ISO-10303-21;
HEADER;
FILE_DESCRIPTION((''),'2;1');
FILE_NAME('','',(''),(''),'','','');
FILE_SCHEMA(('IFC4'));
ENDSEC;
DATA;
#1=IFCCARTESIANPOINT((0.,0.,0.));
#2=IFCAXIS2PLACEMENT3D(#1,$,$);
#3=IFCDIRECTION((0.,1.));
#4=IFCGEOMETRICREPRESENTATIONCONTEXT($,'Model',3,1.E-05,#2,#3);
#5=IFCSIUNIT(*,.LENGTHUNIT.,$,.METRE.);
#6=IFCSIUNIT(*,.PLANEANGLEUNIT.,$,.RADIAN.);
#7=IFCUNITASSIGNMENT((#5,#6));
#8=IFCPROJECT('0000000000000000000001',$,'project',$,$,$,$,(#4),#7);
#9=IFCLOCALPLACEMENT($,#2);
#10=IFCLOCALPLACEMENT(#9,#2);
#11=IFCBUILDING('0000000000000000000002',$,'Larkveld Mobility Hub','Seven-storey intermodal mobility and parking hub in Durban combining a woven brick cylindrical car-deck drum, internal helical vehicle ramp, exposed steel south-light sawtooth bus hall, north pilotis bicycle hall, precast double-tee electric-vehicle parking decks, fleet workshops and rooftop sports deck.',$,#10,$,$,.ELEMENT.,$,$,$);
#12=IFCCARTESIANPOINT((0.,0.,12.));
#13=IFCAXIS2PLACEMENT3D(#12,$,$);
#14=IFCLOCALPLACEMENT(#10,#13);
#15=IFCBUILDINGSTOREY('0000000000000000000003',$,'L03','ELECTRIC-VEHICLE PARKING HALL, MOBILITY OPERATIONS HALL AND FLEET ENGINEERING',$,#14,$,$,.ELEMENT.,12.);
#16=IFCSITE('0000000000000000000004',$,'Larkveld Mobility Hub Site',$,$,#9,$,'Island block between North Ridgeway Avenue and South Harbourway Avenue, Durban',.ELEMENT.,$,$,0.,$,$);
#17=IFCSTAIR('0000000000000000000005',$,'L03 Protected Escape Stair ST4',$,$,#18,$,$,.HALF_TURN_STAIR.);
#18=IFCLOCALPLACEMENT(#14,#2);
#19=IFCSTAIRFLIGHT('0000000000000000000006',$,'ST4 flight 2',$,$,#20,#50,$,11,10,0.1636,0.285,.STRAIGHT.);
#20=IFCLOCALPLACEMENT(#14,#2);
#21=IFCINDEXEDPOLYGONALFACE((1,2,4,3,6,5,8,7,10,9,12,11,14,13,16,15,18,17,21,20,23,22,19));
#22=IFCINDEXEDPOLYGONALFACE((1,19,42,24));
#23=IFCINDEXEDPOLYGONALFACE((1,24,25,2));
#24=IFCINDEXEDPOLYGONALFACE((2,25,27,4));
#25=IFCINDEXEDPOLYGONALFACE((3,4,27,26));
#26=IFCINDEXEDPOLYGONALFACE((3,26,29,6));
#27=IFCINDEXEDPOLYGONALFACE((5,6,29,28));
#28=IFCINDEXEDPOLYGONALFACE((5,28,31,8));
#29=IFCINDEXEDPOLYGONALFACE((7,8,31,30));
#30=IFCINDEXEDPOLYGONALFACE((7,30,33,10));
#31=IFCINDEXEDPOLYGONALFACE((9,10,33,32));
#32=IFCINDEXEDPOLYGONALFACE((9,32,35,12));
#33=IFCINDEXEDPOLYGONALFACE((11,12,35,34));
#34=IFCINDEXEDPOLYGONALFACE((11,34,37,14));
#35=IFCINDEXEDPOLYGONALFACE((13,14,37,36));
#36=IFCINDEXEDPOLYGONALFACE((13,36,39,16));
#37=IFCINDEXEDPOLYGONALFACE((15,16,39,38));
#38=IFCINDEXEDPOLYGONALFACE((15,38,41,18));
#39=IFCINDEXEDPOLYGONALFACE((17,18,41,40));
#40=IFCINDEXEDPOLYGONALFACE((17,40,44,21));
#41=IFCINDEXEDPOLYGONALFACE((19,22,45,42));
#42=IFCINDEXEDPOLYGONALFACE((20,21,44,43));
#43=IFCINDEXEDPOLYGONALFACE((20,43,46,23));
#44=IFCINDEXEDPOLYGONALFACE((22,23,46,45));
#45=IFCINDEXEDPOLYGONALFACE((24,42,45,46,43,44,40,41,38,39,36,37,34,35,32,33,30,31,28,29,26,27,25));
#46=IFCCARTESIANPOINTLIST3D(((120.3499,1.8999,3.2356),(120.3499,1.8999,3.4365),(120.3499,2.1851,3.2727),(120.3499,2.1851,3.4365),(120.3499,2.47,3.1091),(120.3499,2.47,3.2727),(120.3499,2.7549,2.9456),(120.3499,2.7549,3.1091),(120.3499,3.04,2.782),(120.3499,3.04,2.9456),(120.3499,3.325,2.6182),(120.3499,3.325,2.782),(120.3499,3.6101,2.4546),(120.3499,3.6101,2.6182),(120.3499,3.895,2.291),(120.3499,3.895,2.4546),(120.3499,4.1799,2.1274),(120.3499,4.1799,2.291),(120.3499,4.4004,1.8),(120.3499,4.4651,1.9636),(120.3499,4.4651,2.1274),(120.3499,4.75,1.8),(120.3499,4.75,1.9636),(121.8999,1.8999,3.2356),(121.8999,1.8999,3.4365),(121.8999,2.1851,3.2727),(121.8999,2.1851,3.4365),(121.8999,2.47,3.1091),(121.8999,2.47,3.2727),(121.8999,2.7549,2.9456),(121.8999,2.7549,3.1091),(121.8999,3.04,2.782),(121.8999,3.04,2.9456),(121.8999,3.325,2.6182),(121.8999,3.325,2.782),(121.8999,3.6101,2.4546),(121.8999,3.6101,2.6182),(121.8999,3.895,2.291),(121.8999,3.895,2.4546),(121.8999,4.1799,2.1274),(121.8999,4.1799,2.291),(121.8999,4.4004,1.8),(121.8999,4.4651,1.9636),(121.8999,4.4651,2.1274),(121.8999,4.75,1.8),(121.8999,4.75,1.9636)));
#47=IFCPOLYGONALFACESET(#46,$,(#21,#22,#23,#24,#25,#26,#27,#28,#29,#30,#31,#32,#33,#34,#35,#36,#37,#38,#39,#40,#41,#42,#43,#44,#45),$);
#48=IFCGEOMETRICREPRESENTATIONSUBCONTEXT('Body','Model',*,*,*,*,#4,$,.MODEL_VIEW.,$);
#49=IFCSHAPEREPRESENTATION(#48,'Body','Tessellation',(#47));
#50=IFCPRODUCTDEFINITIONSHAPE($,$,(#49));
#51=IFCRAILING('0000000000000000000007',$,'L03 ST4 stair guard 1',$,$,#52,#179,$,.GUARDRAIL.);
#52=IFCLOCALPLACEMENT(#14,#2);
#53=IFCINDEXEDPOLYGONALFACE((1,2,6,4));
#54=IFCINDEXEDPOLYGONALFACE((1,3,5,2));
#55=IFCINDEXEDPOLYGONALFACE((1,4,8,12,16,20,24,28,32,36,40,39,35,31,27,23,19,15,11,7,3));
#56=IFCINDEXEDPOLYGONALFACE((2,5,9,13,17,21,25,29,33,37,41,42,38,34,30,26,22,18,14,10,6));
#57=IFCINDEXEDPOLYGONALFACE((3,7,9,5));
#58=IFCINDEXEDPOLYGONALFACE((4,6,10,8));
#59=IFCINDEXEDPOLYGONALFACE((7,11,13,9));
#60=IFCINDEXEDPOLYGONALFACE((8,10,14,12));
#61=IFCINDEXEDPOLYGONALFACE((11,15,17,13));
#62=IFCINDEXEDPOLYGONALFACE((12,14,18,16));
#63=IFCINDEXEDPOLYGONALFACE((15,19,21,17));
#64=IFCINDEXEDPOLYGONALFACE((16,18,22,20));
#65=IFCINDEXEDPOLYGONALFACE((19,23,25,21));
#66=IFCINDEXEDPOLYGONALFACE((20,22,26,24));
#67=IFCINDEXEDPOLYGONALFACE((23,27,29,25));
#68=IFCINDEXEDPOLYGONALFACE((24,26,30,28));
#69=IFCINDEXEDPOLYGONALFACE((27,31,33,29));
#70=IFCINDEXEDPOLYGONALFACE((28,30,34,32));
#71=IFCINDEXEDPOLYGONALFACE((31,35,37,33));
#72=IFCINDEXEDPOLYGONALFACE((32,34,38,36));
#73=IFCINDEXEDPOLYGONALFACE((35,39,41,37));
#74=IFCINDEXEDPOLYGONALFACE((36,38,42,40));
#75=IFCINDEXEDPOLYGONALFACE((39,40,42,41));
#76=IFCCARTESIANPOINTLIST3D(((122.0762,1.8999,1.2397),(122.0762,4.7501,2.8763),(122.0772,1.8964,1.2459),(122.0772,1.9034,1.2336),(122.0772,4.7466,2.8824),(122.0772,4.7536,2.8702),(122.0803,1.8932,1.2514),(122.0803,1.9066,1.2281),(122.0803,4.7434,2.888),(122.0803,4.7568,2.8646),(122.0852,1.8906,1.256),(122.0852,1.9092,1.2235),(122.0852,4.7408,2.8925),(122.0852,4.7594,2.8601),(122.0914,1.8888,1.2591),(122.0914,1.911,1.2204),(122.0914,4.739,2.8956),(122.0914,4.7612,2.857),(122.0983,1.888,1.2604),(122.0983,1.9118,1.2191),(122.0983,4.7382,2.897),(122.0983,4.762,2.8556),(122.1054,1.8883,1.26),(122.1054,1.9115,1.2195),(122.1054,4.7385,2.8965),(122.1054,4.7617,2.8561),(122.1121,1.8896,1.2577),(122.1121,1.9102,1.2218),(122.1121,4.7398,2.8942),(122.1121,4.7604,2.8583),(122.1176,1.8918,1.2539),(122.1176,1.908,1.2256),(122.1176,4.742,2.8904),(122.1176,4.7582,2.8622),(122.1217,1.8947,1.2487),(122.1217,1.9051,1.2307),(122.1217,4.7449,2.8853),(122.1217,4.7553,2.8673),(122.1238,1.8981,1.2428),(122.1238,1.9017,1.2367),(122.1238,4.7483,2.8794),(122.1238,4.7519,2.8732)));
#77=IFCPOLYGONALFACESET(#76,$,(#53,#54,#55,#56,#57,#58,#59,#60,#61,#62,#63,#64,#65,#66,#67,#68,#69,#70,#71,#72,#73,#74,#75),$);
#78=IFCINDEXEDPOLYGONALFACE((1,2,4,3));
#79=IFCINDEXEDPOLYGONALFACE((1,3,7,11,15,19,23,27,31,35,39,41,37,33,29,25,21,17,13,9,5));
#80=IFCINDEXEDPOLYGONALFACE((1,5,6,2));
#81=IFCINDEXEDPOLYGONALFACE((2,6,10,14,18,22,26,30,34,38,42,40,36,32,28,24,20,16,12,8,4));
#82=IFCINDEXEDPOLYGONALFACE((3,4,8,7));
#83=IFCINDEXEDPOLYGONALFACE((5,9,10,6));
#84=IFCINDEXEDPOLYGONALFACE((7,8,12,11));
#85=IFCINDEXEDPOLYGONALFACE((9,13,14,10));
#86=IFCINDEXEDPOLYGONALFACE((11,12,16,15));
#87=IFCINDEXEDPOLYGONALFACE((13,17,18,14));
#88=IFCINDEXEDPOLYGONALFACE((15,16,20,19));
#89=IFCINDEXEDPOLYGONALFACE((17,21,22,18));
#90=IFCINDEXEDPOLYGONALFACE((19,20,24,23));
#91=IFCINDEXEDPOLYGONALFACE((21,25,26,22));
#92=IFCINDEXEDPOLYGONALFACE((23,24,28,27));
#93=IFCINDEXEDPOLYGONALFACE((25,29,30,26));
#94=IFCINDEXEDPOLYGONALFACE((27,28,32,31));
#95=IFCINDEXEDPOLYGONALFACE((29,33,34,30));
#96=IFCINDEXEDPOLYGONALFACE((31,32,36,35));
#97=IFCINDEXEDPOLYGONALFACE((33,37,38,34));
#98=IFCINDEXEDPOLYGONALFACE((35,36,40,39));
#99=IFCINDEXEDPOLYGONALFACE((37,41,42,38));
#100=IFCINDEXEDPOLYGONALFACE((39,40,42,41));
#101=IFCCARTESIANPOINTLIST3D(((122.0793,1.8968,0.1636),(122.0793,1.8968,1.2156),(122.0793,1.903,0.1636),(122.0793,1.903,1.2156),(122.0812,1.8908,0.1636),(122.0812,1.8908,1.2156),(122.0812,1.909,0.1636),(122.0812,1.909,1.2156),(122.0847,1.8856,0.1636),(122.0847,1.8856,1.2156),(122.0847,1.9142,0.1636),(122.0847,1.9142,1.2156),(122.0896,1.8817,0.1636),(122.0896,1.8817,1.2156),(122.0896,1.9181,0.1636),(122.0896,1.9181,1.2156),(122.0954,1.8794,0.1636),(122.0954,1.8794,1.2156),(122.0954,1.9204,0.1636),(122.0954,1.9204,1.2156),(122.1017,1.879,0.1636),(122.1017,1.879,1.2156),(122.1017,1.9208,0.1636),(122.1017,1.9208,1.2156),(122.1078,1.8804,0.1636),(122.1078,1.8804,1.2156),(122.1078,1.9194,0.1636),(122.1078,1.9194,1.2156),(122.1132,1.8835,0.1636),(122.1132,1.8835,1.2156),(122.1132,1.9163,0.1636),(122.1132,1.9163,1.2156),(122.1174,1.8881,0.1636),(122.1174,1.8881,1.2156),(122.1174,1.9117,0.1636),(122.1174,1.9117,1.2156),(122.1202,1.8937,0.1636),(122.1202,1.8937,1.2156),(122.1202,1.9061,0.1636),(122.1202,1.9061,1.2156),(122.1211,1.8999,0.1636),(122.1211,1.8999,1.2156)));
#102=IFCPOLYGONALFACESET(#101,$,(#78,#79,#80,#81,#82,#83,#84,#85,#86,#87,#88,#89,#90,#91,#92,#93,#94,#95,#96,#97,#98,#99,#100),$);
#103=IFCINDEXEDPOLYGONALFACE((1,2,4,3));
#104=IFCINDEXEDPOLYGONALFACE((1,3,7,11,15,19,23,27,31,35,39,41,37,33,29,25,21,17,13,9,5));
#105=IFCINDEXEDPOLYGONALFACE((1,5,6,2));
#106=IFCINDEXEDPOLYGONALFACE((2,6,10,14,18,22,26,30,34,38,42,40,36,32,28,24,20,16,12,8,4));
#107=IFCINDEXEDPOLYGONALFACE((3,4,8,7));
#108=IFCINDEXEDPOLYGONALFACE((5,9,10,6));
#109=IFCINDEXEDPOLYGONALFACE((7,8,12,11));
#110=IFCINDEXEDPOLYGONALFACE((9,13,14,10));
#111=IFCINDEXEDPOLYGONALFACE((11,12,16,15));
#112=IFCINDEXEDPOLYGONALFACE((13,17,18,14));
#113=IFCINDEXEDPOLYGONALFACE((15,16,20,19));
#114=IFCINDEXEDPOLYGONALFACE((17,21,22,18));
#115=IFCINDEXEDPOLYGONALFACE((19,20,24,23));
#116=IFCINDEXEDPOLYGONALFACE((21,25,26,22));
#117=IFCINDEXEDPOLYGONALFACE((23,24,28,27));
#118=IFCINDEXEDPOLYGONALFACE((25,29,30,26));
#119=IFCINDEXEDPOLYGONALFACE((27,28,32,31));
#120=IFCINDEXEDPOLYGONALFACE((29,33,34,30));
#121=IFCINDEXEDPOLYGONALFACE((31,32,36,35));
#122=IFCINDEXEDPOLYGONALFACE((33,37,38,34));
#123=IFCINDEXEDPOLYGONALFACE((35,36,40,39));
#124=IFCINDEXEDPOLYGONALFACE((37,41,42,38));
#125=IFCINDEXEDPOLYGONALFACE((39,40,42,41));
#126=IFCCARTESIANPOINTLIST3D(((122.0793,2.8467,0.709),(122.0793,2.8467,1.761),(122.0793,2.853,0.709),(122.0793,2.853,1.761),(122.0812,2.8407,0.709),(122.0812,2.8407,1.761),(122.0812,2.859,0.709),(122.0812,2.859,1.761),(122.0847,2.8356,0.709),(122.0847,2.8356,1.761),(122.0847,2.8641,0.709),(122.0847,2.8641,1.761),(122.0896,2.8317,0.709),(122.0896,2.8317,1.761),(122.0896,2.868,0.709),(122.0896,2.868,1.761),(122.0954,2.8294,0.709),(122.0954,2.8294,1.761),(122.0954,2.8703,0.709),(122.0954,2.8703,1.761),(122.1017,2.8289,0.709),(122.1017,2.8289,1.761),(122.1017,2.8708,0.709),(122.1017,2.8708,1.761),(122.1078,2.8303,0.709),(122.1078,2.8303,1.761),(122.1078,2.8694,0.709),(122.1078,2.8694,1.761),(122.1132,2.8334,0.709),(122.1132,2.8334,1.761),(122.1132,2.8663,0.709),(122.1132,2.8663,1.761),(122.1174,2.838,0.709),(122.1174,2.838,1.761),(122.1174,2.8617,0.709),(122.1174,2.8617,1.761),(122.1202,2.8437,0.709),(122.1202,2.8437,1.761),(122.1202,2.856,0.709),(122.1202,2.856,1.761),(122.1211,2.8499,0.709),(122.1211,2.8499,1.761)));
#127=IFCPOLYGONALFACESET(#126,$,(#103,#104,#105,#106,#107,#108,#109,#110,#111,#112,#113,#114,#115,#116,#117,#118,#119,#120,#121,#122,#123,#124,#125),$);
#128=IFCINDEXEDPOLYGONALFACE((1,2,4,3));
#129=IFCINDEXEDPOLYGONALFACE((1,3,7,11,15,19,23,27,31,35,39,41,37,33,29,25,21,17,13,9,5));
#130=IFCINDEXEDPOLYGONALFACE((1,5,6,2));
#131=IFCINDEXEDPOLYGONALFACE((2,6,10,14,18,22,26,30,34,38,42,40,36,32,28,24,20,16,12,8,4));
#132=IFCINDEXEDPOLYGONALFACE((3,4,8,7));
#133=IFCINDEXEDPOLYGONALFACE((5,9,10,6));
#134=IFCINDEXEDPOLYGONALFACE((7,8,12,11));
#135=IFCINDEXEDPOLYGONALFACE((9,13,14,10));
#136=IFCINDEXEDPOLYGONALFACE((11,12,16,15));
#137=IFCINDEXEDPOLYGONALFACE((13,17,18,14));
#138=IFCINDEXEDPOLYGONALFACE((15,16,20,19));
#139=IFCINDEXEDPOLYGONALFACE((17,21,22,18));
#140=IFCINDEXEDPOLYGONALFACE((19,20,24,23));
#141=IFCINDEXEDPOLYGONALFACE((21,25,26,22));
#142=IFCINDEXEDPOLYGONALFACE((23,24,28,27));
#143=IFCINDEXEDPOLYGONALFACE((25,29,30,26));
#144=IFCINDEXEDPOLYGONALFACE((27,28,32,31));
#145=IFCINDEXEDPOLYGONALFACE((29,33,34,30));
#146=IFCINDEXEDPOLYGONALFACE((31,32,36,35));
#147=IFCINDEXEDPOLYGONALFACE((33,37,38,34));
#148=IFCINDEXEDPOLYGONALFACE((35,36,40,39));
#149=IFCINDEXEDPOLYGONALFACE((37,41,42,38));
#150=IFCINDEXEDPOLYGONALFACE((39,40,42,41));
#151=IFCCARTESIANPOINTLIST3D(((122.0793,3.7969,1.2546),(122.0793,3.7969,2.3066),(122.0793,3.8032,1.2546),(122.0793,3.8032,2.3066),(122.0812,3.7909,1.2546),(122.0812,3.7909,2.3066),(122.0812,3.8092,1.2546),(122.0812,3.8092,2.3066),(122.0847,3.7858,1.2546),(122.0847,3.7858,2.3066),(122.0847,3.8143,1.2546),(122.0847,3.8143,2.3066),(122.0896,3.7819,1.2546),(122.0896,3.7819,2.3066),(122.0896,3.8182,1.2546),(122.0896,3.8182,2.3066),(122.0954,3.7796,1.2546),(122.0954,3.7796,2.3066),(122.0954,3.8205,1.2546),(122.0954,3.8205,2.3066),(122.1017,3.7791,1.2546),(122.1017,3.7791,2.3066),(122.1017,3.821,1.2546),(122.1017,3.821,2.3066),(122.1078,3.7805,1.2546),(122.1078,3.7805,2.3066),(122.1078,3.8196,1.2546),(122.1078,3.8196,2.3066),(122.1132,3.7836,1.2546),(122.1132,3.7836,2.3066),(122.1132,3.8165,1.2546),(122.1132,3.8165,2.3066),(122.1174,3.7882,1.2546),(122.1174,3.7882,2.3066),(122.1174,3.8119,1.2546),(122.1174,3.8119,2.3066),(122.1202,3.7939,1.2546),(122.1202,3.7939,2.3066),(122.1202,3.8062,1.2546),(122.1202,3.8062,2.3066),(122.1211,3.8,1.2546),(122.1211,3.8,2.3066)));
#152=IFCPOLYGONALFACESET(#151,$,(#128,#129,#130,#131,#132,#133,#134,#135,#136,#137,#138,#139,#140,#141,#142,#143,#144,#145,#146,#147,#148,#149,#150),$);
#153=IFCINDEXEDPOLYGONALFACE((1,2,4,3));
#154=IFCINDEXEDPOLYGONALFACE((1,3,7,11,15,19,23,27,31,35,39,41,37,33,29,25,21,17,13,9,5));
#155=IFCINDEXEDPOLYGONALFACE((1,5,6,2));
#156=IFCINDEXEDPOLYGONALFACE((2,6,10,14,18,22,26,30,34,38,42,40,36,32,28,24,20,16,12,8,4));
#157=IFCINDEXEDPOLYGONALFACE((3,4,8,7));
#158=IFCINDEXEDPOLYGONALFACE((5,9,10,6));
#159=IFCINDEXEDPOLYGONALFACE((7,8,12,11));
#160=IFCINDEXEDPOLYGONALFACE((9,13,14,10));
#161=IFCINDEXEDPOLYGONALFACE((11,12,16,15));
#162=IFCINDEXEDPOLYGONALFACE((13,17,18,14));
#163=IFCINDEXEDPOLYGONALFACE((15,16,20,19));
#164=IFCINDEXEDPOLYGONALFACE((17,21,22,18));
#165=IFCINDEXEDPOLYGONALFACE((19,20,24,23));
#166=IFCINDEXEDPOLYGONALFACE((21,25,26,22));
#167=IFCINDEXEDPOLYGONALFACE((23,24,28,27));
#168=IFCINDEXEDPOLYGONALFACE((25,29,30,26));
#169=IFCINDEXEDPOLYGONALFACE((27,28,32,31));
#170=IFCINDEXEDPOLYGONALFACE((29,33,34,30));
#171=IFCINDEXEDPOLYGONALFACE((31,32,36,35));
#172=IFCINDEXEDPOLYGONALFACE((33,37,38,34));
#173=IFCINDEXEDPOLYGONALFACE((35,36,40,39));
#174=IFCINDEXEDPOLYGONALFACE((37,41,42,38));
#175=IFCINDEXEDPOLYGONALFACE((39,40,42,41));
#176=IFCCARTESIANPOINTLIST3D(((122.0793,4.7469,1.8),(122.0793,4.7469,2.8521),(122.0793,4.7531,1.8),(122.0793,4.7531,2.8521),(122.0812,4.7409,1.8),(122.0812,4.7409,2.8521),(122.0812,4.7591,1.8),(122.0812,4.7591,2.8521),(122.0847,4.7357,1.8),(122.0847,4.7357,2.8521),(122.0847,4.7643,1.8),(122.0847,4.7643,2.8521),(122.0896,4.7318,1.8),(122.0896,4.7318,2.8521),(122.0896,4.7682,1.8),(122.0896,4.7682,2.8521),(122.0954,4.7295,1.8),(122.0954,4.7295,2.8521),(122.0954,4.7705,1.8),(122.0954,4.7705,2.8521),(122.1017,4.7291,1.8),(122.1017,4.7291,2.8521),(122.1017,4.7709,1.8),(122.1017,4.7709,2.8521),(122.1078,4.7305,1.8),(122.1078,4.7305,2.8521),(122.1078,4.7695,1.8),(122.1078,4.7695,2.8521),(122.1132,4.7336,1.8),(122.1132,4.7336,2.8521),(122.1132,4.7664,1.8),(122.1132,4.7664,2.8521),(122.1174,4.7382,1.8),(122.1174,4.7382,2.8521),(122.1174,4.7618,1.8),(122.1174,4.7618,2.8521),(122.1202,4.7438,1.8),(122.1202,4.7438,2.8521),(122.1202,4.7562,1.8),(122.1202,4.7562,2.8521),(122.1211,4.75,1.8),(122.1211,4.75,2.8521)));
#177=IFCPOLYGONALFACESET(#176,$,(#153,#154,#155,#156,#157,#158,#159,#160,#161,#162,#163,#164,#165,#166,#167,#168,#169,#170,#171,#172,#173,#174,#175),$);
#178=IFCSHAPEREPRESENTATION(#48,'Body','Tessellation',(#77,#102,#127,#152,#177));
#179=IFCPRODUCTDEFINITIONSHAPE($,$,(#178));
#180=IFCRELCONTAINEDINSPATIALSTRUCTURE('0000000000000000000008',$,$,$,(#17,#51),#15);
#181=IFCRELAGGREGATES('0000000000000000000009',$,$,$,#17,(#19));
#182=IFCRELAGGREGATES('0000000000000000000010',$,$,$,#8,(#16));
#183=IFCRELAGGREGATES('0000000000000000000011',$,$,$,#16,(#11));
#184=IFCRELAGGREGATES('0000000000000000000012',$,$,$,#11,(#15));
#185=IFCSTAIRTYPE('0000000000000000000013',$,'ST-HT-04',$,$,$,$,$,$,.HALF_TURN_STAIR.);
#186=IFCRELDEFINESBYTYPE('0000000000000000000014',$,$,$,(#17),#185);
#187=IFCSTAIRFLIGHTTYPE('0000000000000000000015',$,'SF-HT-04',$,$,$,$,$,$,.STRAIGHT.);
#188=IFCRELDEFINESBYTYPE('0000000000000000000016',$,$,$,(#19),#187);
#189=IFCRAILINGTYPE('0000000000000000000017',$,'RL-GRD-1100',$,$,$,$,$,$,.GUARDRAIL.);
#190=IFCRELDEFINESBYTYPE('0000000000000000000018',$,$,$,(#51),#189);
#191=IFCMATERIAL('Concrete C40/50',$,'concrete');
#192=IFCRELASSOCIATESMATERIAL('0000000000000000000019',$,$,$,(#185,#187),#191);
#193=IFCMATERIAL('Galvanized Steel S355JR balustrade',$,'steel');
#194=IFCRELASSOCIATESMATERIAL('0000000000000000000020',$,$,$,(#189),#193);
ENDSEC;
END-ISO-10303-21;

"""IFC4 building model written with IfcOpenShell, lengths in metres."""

from ifc_helpers import new_model, si_unit, direction, frame, origin, origin_2d, place, context, subcontext, project, spatial, polyline, circle, outline, extrude, material, type_object, element, aggregate, save


model = new_model("IFC4")

# Units and contexts
model_context = context("Model", 3, precision=1e-05, world=origin(), true_north=direction((0.0, 1.0)))
body_context = subcontext(model_context, "Body", "Model", "MODEL_VIEW")
ifc_project = project(units=[si_unit("LENGTHUNIT", "METRE"), si_unit("PLANEANGLEUNIT", "RADIAN")], contexts=[model_context])

# Site, building, storey
site_placement = place(None, origin())
site = spatial("IfcSite", under=ifc_project, at=site_placement, Name="Larkveld Mobility Hub Site", LongName="Island block between North Ridgeway Avenue and South Harbourway Avenue, Durban", CompositionType="ELEMENT", RefElevation=0.0)
building_placement = place(site_placement, origin())
building = spatial("IfcBuilding", under=site, at=building_placement, Name="Larkveld Mobility Hub", Description="Seven-storey intermodal mobility and parking hub in Durban combining a woven brick cylindrical car-deck drum, internal helical vehicle ramp, exposed steel south-light sawtooth bus hall, north pilotis bicycle hall, precast double-tee electric-vehicle parking decks, fleet workshops and rooftop sports deck.", CompositionType="ELEMENT")
storey_placement = place(building_placement, frame((0.0, 0.0, 12.0)))
storey = spatial("IfcBuildingStorey", under=building, at=storey_placement, Name="L03", Description="ELECTRIC-VEHICLE PARKING HALL, MOBILITY OPERATIONS HALL AND FLEET ENGINEERING", CompositionType="ELEMENT", Elevation=12.0)

# Shared definitions
ifc_material_1 = material(Name="Concrete C40/50", Category="concrete")

# Stair, stair flight
stair_type = type_object("IfcStairType", Name="ST-HT-04", PredefinedType="HALF_TURN_STAIR", material=ifc_material_1)
stair_placement = place(storey_placement, origin())
stair = element("IfcStair", 1, at=stair_placement, inside=storey, type_object=stair_type, Name="L03 Protected Escape Stair ST4", PredefinedType="HALF_TURN_STAIR")
stair_flight_type = type_object("IfcStairFlightType", Name="SF-HT-04", PredefinedType="STRAIGHT", material=ifc_material_1)
stair_flight_1_placement = place(storey_placement, frame((121.125, 4.75, 1.8), z_axis=(0.0, 0.0, 1.0), x_axis=(0.0, -1.0, 0.0)))
stair_flight_1 = element("IfcStairFlight", 2, at=stair_flight_1_placement, type_object=stair_flight_type, Name="ST4 flight 2", NumberOfRisers=11, NumberOfTreads=10, PredefinedType="STRAIGHT", RiserHeight=0.1636, TreadLength=0.285, context=body_context, shape_type="SweptSolid", body=[
    extrude(outline(polyline([(0.0, 0.0), (0.0, 0.1636), (0.2849, 0.1636), (0.2849, 0.3274), (0.5701, 0.3274), (0.5701, 0.491), (0.855, 0.491), (0.855, 0.6545), (1.1399, 0.6545), (1.1399, 0.8181), (1.425, 0.8181), (1.425, 0.9819), (1.71, 0.9819), (1.71, 1.1455), (1.9951, 1.1455), (1.9951, 1.3091), (2.28, 1.3091), (2.28, 1.4727), (2.5649, 1.4727), (2.5649, 1.6365), (2.8501, 1.6365), (2.8501, 1.8), (2.8501, 1.4355), (0.3496, 0.0), (0.0, 0.0)])), frame((0.0, 0.7749, 0.0), z_axis=(0.0, -1.0, 0.0), x_axis=(1.0, 0.0, 0.0)), (0.0, 0.0, 1.0), 1.55),
])
aggregate(stair, [stair_flight_1])

# Railing
ifc_material_2 = material(Name="Galvanized Steel S355JR balustrade", Category="steel")
railing_type_1 = type_object("IfcRailingType", Name="RL-GRD-1100", PredefinedType="GUARDRAIL", material=ifc_material_2)
railing_1_placement = place(storey_placement, frame((122.1001, 1.8999, 0.1636)))
element("IfcRailing", 3, at=railing_1_placement, inside=storey, type_object=railing_type_1, Name="L03 ST4 stair guard 1", PredefinedType="GUARDRAIL", context=body_context, shape_type="SweptSolid", body=[
    extrude(circle(Radius=0.0239, at=origin_2d()), frame((0.0, 0.0, 1.0762), z_axis=(0.0, 0.867213, 0.497938), x_axis=(-1.0, 0.0, 0.0)), (0.0, 0.0, 1.0), 3.2866),
    extrude(circle(Radius=0.021, at=origin_2d()), origin(), (0.0, 0.0, 1.0), 1.052),
    extrude(circle(Radius=0.021, at=origin_2d()), frame((0.0, 0.95, 0.5454)), (0.0, 0.0, 1.0), 1.052),
    extrude(circle(Radius=0.021, at=origin_2d()), frame((0.0, 1.9001, 1.0911)), (0.0, 0.0, 1.0), 1.052),
    extrude(circle(Radius=0.021, at=origin_2d()), frame((0.0, 2.8501, 1.6365)), (0.0, 0.0, 1.0), 1.052),
])

save(model, "model.ifc")
